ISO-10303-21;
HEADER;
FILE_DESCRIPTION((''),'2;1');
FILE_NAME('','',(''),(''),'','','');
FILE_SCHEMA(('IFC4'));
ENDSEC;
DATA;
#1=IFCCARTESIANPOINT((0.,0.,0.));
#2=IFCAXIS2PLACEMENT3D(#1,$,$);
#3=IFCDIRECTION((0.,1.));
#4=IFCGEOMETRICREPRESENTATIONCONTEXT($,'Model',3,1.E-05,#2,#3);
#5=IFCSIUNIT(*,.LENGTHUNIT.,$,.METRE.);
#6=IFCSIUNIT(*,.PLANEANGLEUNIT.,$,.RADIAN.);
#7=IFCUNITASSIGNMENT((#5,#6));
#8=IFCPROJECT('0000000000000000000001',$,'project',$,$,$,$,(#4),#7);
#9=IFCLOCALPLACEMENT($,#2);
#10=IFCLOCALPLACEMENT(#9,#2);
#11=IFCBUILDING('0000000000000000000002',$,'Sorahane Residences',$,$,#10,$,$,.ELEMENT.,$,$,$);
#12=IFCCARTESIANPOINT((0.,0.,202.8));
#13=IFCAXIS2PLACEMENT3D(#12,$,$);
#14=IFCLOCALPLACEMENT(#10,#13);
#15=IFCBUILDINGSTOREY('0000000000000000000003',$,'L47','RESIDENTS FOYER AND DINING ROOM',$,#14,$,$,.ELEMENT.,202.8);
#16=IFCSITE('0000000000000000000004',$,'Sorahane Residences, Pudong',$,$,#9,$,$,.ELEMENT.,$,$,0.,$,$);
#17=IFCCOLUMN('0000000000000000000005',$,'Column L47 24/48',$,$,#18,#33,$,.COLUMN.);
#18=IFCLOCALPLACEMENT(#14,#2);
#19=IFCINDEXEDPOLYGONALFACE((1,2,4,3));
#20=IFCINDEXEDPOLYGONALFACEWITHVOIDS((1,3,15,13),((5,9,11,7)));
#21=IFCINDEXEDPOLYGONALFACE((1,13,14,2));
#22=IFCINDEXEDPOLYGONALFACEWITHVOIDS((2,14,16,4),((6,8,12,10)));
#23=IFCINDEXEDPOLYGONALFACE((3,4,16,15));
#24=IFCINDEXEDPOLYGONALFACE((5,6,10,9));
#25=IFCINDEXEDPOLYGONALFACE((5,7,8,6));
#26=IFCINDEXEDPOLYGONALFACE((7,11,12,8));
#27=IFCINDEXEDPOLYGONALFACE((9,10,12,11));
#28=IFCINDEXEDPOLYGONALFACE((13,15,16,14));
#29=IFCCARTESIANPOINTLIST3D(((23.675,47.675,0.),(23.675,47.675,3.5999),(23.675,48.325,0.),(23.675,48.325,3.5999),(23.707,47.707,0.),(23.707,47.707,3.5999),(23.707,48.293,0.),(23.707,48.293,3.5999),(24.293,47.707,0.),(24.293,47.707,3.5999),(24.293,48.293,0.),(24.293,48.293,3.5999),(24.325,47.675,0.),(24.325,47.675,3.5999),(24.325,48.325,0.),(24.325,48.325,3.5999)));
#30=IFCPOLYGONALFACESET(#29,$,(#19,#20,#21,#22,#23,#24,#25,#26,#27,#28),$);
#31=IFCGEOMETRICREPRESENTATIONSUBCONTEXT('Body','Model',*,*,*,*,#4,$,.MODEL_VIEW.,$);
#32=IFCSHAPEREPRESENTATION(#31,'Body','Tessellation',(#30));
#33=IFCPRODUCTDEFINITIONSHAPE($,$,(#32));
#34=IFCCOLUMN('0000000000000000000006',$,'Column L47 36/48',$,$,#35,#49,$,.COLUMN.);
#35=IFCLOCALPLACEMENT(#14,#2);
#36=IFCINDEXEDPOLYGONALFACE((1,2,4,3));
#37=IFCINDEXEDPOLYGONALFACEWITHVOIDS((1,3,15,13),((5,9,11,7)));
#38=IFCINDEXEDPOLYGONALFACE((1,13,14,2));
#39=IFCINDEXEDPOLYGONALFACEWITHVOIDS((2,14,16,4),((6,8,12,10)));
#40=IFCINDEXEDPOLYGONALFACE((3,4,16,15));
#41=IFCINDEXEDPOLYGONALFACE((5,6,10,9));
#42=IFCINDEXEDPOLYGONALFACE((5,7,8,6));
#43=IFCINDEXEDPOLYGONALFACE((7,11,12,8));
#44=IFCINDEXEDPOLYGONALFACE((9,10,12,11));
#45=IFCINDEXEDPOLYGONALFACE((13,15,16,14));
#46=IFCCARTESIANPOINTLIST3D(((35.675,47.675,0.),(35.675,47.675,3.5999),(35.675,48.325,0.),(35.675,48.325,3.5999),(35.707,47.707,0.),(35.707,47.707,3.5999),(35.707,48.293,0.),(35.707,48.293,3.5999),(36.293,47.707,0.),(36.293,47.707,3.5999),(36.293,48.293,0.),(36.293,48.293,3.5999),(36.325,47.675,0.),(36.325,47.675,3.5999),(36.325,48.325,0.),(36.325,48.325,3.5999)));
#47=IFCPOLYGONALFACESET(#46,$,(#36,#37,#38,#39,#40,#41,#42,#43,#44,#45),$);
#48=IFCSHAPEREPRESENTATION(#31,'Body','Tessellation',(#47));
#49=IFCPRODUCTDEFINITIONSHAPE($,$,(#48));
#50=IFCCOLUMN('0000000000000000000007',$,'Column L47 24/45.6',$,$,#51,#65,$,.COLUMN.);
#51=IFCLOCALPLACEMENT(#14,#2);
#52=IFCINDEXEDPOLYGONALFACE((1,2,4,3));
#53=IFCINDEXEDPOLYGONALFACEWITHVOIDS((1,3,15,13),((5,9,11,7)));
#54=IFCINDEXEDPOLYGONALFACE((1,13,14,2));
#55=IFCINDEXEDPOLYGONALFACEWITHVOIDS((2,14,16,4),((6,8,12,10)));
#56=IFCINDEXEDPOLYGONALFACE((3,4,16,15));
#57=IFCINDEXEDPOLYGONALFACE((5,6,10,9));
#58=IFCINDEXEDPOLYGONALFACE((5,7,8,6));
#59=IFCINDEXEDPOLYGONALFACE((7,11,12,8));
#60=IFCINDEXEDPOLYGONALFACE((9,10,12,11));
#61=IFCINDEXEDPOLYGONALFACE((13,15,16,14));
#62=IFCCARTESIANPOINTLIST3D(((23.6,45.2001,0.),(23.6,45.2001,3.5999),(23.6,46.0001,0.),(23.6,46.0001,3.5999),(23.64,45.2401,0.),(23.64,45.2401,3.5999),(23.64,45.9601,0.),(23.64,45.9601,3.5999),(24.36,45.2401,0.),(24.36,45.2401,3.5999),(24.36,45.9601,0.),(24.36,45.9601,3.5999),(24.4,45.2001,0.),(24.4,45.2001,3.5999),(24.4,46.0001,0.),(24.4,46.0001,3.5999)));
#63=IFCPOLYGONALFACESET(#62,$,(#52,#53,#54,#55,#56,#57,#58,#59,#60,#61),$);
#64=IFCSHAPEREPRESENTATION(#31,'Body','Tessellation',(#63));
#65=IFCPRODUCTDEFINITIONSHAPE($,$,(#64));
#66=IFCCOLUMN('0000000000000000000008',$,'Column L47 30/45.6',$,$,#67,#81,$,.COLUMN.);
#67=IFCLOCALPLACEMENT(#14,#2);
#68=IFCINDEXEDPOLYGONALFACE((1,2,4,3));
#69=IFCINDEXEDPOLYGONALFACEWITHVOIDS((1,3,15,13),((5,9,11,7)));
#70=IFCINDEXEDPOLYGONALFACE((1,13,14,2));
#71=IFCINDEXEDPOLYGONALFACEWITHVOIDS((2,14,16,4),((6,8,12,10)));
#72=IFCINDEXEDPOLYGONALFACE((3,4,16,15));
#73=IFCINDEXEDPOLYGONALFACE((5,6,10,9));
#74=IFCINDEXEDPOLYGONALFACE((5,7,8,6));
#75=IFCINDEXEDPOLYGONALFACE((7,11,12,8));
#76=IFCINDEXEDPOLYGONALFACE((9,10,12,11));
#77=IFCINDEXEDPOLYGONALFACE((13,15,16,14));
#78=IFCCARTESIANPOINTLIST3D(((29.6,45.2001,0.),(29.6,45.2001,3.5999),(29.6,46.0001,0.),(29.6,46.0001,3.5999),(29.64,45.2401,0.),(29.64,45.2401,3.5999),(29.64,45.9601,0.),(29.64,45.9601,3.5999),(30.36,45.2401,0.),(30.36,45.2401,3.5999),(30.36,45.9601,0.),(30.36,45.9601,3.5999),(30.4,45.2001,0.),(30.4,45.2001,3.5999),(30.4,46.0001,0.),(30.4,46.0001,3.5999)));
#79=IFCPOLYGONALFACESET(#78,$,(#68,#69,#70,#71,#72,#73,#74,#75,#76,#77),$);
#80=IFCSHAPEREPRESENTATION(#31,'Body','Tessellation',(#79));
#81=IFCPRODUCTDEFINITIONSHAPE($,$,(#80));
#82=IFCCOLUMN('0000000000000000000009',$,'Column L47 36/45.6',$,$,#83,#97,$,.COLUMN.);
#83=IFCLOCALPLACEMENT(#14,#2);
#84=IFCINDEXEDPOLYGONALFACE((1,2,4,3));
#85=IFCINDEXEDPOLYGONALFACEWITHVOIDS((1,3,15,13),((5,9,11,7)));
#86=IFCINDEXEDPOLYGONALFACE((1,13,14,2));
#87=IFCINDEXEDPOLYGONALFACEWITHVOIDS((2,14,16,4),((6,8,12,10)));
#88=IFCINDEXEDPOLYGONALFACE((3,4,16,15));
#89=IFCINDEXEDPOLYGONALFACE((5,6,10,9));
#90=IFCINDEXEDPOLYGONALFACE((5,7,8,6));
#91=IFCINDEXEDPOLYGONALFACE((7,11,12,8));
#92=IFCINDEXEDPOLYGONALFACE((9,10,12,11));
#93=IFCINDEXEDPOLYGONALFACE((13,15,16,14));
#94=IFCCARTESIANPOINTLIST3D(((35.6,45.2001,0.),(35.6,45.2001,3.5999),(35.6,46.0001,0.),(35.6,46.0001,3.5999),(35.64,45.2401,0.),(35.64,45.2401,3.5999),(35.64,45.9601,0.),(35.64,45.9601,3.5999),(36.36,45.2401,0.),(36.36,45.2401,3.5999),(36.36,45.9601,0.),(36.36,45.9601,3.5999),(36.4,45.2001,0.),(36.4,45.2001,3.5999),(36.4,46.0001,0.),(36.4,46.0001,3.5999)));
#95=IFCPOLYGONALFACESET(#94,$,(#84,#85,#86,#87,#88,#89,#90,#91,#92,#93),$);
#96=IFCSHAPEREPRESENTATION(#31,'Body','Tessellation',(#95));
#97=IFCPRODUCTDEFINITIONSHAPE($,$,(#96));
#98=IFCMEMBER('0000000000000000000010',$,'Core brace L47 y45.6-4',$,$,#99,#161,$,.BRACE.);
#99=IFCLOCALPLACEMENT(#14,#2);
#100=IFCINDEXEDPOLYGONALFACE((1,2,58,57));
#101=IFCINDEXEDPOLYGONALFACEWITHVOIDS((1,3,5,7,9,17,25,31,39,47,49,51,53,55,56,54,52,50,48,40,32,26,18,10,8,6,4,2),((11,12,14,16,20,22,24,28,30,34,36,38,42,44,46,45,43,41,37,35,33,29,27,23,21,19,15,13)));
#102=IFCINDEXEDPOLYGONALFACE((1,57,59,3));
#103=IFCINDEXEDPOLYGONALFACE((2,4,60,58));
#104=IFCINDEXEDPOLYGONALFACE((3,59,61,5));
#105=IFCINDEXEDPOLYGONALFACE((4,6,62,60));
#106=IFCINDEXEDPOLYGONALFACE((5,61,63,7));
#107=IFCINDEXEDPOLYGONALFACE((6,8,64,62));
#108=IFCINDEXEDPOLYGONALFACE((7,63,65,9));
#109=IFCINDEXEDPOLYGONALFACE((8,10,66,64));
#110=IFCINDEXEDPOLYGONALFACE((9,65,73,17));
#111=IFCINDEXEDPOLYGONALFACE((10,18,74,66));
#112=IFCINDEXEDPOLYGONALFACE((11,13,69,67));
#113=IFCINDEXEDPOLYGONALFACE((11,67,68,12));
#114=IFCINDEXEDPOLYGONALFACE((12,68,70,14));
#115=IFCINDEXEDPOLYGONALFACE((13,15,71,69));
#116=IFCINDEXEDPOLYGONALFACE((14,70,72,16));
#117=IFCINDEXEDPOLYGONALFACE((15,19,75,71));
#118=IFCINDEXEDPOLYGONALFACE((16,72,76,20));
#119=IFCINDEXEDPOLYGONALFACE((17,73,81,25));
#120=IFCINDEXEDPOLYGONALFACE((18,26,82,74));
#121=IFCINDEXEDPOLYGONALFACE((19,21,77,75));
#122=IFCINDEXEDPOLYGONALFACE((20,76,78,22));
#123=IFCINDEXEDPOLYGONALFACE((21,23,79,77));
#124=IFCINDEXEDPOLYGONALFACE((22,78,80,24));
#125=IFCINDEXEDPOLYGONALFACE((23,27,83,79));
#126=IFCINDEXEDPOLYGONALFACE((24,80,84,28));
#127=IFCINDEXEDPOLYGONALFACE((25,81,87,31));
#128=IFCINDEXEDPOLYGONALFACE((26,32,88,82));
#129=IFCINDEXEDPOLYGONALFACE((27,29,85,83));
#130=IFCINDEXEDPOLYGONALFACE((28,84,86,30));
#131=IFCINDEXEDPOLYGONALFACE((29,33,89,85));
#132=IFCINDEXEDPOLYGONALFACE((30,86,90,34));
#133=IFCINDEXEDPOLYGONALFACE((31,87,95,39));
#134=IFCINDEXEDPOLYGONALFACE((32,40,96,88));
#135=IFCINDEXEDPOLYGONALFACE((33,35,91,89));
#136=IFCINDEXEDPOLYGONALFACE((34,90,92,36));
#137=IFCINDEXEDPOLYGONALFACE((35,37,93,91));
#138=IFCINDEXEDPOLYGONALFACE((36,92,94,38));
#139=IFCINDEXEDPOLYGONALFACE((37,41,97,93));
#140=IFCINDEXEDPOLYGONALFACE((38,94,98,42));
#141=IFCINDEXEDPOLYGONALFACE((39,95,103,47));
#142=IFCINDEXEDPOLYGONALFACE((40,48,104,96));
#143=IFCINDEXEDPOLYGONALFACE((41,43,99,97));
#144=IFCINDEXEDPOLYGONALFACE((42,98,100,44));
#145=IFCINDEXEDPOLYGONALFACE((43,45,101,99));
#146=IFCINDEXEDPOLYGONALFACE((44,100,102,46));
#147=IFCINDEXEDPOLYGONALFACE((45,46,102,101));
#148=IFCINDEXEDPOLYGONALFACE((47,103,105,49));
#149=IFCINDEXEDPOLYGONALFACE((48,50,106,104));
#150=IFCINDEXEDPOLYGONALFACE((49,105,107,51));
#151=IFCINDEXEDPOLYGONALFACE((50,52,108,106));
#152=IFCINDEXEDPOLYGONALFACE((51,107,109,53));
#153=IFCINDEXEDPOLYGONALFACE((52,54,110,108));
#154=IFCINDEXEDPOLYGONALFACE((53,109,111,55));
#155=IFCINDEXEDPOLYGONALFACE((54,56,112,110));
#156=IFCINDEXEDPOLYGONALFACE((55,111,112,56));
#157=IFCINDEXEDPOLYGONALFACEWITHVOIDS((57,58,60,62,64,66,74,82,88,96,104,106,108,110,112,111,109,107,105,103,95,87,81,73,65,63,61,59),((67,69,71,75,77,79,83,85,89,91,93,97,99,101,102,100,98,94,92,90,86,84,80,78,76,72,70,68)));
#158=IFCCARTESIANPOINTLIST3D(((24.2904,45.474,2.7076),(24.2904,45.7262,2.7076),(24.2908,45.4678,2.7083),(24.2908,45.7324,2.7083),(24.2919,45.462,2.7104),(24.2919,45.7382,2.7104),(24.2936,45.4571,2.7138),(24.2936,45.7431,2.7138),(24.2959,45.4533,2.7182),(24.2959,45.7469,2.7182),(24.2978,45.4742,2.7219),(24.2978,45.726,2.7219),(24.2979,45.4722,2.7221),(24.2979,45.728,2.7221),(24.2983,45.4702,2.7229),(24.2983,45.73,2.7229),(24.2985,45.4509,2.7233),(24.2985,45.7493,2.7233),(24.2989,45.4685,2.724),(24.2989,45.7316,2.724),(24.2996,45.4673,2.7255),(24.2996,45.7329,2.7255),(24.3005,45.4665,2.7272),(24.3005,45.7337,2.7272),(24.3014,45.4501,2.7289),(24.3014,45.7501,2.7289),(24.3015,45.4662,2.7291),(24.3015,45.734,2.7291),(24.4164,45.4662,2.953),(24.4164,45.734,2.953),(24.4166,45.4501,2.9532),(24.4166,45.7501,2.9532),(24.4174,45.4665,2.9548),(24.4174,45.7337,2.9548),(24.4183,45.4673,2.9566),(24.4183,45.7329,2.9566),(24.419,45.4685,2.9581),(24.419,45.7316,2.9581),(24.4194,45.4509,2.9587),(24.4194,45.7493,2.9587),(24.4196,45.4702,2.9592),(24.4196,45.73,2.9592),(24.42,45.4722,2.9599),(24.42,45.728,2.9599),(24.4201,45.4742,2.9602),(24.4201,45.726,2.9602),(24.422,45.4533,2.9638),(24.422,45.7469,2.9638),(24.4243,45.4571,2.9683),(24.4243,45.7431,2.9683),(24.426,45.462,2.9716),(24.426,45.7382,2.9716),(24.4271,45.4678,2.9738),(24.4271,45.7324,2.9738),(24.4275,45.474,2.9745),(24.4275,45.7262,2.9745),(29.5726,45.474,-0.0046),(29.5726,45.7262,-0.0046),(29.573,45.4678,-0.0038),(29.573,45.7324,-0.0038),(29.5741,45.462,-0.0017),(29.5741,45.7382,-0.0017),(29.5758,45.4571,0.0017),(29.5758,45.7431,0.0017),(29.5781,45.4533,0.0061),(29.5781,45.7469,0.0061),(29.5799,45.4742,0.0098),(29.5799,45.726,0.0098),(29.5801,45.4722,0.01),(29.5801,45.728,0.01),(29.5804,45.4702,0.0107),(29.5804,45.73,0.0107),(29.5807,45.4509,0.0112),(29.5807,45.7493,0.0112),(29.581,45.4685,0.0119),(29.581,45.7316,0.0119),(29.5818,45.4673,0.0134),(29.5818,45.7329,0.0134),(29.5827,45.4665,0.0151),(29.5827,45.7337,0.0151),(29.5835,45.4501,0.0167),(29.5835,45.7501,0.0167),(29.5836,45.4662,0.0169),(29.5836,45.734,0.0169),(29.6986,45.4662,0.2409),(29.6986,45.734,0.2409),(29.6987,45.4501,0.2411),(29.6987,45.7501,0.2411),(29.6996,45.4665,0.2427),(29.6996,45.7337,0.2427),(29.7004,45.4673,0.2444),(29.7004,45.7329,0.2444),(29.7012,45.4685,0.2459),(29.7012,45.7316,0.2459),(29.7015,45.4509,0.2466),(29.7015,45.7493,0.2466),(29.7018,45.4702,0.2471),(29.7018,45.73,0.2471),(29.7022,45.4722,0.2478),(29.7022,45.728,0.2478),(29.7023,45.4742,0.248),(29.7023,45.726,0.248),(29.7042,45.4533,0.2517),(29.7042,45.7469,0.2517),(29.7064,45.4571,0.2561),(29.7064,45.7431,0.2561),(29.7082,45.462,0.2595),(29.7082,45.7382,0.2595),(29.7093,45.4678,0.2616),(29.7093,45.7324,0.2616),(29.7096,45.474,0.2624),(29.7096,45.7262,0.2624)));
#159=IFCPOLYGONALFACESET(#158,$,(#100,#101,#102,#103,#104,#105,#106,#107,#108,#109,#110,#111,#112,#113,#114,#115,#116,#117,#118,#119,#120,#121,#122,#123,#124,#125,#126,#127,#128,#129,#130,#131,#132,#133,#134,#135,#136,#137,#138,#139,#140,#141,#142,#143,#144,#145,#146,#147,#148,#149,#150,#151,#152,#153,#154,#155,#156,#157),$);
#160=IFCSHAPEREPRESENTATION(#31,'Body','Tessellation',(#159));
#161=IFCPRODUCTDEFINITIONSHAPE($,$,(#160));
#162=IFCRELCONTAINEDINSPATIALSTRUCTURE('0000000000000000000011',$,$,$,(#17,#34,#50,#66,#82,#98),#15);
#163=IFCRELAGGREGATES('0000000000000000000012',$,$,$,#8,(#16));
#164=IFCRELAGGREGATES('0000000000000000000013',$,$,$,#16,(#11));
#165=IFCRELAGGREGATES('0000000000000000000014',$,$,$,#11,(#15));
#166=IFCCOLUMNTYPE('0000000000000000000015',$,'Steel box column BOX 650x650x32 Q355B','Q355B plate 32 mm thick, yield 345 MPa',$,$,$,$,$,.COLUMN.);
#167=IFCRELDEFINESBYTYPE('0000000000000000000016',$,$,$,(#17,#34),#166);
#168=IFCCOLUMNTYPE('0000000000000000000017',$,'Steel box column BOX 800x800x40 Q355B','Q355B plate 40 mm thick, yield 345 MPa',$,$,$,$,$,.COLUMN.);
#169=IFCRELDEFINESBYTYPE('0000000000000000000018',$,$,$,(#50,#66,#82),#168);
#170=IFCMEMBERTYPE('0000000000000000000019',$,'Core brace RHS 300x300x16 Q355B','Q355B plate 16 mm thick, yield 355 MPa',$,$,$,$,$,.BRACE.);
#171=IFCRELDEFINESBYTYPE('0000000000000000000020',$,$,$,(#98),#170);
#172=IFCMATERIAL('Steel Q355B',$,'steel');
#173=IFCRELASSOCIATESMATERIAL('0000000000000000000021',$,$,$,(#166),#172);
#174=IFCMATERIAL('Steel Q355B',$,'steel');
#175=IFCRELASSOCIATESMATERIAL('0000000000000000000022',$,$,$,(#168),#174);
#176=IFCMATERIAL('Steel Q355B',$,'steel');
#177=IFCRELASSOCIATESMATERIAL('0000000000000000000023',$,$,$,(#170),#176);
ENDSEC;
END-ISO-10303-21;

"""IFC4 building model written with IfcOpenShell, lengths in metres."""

from ifc_helpers import new_model, si_unit, direction, frame, origin, origin_2d, place, context, subcontext, project, spatial, hollow_rectangle, extrude, material, material_profile, profile_set, type_object, element, save


model = new_model("IFC4")

# Units and contexts
model_context = context("Model", 3, precision=1e-05, world=origin(), true_north=direction((0.0, 1.0)))
body_context = subcontext(model_context, "Body", "Model", "MODEL_VIEW")
ifc_project = project(units=[si_unit("LENGTHUNIT", "METRE"), si_unit("PLANEANGLEUNIT", "RADIAN")], contexts=[model_context])

# Site, building, storey
site_placement = place(None, origin())
site = spatial("IfcSite", under=ifc_project, at=site_placement, Name="Sorahane Residences, Pudong", CompositionType="ELEMENT", RefElevation=0.0)
building_placement = place(site_placement, origin())
building = spatial("IfcBuilding", under=site, at=building_placement, Name="Sorahane Residences", CompositionType="ELEMENT")
storey_placement = place(building_placement, frame((0.0, 0.0, 202.8)))
storey = spatial("IfcBuildingStorey", under=building, at=storey_placement, Name="L47", Description="RESIDENTS FOYER AND DINING ROOM", CompositionType="ELEMENT", Elevation=202.8)

# Columns
ifc_material_1 = material(Name="Steel Q355B", Category="steel")
ifc_material_profile_1 = material_profile(ifc_material_1, hollow_rectangle(XDim=0.6499, YDim=0.6499, WallThickness=0.032, at=origin_2d()), Name="BOX 650x650x32")
ifc_profile_set_1 = profile_set([ifc_material_profile_1], Name="Steel Q355B")
column_type_1 = type_object("IfcColumnType", Name="Steel box column BOX 650x650x32 Q355B", Description="Q355B plate 32 mm thick, yield 345 MPa", PredefinedType="COLUMN", material=ifc_profile_set_1)
for number, where, z_axis, x_axis, name in (
    (1, (24.0, 48.0, 0.0), (0.0, 0.0, 1.0), (1.0, 0.0, 0.0), "Column L47 24/48"),
    (2, (36.0, 48.0, 0.0), (0.0, 0.0, 1.0), (1.0, 0.0, 0.0), "Column L47 36/48"),
):
    element("IfcColumn", number, at=place(storey_placement, frame(where, z_axis=z_axis, x_axis=x_axis)), inside=storey, type_object=column_type_1, Name=name, PredefinedType="COLUMN", context=body_context, shape_type="SweptSolid", body=[
        extrude(hollow_rectangle(XDim=0.6499, YDim=0.6499, WallThickness=0.032, at=origin_2d()), origin(), (0.0, 0.0, 1.0), 3.5999),
    ])
ifc_material_2 = material(Name="Steel Q355B", Category="steel")
ifc_material_profile_2 = material_profile(ifc_material_2, hollow_rectangle(XDim=0.8, YDim=0.8, WallThickness=0.04, at=origin_2d()), Name="BOX 800x800x40")
ifc_profile_set_2 = profile_set([ifc_material_profile_2], Name="Steel Q355B")
column_type_2 = type_object("IfcColumnType", Name="Steel box column BOX 800x800x40 Q355B", Description="Q355B plate 40 mm thick, yield 345 MPa", PredefinedType="COLUMN", material=ifc_profile_set_2)
for number, where, z_axis, x_axis, name in (
    (3, (24.0, 45.6001, 0.0), (0.0, 0.0, 1.0), (1.0, 0.0, 0.0), "Column L47 24/45.6"),
    (4, (30.0, 45.6001, 0.0), (0.0, 0.0, 1.0), (1.0, 0.0, 0.0), "Column L47 30/45.6"),
    (5, (36.0, 45.6001, 0.0), (0.0, 0.0, 1.0), (1.0, 0.0, 0.0), "Column L47 36/45.6"),
):
    element("IfcColumn", number, at=place(storey_placement, frame(where, z_axis=z_axis, x_axis=x_axis)), inside=storey, type_object=column_type_2, Name=name, PredefinedType="COLUMN", context=body_context, shape_type="SweptSolid", body=[
        extrude(hollow_rectangle(XDim=0.8, YDim=0.8, WallThickness=0.04, at=origin_2d()), origin(), (0.0, 0.0, 1.0), 3.5999),
    ])

# Member
ifc_material_3 = material(Name="Steel Q355B", Category="steel")
ifc_material_profile_3 = material_profile(ifc_material_3, hollow_rectangle(XDim=0.3, YDim=0.3, WallThickness=0.0161, InnerFilletRadius=0.0081, OuterFilletRadius=0.0239, at=origin_2d()), Name="RHS 300x300x16")
ifc_profile_set_3 = profile_set([ifc_material_profile_3], Name="Steel Q355B")
member_type_1 = type_object("IfcMemberType", Name="Core brace RHS 300x300x16 Q355B", Description="Q355B plate 16 mm thick, yield 355 MPa", PredefinedType="BRACE", material=ifc_profile_set_3)
member_1_placement = place(storey_placement, frame((29.6411, 45.6001, 0.1289), z_axis=(-0.88959, 0.0, 0.45676), x_axis=(0.0, -1.0, 0.0)))
element("IfcMember", 6, at=member_1_placement, inside=storey, type_object=member_type_1, Name="Core brace L47 y45.6-4", PredefinedType="BRACE", context=body_context, shape_type="SweptSolid", body=[
    extrude(hollow_rectangle(XDim=0.3, YDim=0.3, WallThickness=0.0161, InnerFilletRadius=0.0081, OuterFilletRadius=0.0239, at=origin_2d()), origin(), (0.0, 0.0, 1.0), 5.9377),
])

save(model, "model.ifc")
